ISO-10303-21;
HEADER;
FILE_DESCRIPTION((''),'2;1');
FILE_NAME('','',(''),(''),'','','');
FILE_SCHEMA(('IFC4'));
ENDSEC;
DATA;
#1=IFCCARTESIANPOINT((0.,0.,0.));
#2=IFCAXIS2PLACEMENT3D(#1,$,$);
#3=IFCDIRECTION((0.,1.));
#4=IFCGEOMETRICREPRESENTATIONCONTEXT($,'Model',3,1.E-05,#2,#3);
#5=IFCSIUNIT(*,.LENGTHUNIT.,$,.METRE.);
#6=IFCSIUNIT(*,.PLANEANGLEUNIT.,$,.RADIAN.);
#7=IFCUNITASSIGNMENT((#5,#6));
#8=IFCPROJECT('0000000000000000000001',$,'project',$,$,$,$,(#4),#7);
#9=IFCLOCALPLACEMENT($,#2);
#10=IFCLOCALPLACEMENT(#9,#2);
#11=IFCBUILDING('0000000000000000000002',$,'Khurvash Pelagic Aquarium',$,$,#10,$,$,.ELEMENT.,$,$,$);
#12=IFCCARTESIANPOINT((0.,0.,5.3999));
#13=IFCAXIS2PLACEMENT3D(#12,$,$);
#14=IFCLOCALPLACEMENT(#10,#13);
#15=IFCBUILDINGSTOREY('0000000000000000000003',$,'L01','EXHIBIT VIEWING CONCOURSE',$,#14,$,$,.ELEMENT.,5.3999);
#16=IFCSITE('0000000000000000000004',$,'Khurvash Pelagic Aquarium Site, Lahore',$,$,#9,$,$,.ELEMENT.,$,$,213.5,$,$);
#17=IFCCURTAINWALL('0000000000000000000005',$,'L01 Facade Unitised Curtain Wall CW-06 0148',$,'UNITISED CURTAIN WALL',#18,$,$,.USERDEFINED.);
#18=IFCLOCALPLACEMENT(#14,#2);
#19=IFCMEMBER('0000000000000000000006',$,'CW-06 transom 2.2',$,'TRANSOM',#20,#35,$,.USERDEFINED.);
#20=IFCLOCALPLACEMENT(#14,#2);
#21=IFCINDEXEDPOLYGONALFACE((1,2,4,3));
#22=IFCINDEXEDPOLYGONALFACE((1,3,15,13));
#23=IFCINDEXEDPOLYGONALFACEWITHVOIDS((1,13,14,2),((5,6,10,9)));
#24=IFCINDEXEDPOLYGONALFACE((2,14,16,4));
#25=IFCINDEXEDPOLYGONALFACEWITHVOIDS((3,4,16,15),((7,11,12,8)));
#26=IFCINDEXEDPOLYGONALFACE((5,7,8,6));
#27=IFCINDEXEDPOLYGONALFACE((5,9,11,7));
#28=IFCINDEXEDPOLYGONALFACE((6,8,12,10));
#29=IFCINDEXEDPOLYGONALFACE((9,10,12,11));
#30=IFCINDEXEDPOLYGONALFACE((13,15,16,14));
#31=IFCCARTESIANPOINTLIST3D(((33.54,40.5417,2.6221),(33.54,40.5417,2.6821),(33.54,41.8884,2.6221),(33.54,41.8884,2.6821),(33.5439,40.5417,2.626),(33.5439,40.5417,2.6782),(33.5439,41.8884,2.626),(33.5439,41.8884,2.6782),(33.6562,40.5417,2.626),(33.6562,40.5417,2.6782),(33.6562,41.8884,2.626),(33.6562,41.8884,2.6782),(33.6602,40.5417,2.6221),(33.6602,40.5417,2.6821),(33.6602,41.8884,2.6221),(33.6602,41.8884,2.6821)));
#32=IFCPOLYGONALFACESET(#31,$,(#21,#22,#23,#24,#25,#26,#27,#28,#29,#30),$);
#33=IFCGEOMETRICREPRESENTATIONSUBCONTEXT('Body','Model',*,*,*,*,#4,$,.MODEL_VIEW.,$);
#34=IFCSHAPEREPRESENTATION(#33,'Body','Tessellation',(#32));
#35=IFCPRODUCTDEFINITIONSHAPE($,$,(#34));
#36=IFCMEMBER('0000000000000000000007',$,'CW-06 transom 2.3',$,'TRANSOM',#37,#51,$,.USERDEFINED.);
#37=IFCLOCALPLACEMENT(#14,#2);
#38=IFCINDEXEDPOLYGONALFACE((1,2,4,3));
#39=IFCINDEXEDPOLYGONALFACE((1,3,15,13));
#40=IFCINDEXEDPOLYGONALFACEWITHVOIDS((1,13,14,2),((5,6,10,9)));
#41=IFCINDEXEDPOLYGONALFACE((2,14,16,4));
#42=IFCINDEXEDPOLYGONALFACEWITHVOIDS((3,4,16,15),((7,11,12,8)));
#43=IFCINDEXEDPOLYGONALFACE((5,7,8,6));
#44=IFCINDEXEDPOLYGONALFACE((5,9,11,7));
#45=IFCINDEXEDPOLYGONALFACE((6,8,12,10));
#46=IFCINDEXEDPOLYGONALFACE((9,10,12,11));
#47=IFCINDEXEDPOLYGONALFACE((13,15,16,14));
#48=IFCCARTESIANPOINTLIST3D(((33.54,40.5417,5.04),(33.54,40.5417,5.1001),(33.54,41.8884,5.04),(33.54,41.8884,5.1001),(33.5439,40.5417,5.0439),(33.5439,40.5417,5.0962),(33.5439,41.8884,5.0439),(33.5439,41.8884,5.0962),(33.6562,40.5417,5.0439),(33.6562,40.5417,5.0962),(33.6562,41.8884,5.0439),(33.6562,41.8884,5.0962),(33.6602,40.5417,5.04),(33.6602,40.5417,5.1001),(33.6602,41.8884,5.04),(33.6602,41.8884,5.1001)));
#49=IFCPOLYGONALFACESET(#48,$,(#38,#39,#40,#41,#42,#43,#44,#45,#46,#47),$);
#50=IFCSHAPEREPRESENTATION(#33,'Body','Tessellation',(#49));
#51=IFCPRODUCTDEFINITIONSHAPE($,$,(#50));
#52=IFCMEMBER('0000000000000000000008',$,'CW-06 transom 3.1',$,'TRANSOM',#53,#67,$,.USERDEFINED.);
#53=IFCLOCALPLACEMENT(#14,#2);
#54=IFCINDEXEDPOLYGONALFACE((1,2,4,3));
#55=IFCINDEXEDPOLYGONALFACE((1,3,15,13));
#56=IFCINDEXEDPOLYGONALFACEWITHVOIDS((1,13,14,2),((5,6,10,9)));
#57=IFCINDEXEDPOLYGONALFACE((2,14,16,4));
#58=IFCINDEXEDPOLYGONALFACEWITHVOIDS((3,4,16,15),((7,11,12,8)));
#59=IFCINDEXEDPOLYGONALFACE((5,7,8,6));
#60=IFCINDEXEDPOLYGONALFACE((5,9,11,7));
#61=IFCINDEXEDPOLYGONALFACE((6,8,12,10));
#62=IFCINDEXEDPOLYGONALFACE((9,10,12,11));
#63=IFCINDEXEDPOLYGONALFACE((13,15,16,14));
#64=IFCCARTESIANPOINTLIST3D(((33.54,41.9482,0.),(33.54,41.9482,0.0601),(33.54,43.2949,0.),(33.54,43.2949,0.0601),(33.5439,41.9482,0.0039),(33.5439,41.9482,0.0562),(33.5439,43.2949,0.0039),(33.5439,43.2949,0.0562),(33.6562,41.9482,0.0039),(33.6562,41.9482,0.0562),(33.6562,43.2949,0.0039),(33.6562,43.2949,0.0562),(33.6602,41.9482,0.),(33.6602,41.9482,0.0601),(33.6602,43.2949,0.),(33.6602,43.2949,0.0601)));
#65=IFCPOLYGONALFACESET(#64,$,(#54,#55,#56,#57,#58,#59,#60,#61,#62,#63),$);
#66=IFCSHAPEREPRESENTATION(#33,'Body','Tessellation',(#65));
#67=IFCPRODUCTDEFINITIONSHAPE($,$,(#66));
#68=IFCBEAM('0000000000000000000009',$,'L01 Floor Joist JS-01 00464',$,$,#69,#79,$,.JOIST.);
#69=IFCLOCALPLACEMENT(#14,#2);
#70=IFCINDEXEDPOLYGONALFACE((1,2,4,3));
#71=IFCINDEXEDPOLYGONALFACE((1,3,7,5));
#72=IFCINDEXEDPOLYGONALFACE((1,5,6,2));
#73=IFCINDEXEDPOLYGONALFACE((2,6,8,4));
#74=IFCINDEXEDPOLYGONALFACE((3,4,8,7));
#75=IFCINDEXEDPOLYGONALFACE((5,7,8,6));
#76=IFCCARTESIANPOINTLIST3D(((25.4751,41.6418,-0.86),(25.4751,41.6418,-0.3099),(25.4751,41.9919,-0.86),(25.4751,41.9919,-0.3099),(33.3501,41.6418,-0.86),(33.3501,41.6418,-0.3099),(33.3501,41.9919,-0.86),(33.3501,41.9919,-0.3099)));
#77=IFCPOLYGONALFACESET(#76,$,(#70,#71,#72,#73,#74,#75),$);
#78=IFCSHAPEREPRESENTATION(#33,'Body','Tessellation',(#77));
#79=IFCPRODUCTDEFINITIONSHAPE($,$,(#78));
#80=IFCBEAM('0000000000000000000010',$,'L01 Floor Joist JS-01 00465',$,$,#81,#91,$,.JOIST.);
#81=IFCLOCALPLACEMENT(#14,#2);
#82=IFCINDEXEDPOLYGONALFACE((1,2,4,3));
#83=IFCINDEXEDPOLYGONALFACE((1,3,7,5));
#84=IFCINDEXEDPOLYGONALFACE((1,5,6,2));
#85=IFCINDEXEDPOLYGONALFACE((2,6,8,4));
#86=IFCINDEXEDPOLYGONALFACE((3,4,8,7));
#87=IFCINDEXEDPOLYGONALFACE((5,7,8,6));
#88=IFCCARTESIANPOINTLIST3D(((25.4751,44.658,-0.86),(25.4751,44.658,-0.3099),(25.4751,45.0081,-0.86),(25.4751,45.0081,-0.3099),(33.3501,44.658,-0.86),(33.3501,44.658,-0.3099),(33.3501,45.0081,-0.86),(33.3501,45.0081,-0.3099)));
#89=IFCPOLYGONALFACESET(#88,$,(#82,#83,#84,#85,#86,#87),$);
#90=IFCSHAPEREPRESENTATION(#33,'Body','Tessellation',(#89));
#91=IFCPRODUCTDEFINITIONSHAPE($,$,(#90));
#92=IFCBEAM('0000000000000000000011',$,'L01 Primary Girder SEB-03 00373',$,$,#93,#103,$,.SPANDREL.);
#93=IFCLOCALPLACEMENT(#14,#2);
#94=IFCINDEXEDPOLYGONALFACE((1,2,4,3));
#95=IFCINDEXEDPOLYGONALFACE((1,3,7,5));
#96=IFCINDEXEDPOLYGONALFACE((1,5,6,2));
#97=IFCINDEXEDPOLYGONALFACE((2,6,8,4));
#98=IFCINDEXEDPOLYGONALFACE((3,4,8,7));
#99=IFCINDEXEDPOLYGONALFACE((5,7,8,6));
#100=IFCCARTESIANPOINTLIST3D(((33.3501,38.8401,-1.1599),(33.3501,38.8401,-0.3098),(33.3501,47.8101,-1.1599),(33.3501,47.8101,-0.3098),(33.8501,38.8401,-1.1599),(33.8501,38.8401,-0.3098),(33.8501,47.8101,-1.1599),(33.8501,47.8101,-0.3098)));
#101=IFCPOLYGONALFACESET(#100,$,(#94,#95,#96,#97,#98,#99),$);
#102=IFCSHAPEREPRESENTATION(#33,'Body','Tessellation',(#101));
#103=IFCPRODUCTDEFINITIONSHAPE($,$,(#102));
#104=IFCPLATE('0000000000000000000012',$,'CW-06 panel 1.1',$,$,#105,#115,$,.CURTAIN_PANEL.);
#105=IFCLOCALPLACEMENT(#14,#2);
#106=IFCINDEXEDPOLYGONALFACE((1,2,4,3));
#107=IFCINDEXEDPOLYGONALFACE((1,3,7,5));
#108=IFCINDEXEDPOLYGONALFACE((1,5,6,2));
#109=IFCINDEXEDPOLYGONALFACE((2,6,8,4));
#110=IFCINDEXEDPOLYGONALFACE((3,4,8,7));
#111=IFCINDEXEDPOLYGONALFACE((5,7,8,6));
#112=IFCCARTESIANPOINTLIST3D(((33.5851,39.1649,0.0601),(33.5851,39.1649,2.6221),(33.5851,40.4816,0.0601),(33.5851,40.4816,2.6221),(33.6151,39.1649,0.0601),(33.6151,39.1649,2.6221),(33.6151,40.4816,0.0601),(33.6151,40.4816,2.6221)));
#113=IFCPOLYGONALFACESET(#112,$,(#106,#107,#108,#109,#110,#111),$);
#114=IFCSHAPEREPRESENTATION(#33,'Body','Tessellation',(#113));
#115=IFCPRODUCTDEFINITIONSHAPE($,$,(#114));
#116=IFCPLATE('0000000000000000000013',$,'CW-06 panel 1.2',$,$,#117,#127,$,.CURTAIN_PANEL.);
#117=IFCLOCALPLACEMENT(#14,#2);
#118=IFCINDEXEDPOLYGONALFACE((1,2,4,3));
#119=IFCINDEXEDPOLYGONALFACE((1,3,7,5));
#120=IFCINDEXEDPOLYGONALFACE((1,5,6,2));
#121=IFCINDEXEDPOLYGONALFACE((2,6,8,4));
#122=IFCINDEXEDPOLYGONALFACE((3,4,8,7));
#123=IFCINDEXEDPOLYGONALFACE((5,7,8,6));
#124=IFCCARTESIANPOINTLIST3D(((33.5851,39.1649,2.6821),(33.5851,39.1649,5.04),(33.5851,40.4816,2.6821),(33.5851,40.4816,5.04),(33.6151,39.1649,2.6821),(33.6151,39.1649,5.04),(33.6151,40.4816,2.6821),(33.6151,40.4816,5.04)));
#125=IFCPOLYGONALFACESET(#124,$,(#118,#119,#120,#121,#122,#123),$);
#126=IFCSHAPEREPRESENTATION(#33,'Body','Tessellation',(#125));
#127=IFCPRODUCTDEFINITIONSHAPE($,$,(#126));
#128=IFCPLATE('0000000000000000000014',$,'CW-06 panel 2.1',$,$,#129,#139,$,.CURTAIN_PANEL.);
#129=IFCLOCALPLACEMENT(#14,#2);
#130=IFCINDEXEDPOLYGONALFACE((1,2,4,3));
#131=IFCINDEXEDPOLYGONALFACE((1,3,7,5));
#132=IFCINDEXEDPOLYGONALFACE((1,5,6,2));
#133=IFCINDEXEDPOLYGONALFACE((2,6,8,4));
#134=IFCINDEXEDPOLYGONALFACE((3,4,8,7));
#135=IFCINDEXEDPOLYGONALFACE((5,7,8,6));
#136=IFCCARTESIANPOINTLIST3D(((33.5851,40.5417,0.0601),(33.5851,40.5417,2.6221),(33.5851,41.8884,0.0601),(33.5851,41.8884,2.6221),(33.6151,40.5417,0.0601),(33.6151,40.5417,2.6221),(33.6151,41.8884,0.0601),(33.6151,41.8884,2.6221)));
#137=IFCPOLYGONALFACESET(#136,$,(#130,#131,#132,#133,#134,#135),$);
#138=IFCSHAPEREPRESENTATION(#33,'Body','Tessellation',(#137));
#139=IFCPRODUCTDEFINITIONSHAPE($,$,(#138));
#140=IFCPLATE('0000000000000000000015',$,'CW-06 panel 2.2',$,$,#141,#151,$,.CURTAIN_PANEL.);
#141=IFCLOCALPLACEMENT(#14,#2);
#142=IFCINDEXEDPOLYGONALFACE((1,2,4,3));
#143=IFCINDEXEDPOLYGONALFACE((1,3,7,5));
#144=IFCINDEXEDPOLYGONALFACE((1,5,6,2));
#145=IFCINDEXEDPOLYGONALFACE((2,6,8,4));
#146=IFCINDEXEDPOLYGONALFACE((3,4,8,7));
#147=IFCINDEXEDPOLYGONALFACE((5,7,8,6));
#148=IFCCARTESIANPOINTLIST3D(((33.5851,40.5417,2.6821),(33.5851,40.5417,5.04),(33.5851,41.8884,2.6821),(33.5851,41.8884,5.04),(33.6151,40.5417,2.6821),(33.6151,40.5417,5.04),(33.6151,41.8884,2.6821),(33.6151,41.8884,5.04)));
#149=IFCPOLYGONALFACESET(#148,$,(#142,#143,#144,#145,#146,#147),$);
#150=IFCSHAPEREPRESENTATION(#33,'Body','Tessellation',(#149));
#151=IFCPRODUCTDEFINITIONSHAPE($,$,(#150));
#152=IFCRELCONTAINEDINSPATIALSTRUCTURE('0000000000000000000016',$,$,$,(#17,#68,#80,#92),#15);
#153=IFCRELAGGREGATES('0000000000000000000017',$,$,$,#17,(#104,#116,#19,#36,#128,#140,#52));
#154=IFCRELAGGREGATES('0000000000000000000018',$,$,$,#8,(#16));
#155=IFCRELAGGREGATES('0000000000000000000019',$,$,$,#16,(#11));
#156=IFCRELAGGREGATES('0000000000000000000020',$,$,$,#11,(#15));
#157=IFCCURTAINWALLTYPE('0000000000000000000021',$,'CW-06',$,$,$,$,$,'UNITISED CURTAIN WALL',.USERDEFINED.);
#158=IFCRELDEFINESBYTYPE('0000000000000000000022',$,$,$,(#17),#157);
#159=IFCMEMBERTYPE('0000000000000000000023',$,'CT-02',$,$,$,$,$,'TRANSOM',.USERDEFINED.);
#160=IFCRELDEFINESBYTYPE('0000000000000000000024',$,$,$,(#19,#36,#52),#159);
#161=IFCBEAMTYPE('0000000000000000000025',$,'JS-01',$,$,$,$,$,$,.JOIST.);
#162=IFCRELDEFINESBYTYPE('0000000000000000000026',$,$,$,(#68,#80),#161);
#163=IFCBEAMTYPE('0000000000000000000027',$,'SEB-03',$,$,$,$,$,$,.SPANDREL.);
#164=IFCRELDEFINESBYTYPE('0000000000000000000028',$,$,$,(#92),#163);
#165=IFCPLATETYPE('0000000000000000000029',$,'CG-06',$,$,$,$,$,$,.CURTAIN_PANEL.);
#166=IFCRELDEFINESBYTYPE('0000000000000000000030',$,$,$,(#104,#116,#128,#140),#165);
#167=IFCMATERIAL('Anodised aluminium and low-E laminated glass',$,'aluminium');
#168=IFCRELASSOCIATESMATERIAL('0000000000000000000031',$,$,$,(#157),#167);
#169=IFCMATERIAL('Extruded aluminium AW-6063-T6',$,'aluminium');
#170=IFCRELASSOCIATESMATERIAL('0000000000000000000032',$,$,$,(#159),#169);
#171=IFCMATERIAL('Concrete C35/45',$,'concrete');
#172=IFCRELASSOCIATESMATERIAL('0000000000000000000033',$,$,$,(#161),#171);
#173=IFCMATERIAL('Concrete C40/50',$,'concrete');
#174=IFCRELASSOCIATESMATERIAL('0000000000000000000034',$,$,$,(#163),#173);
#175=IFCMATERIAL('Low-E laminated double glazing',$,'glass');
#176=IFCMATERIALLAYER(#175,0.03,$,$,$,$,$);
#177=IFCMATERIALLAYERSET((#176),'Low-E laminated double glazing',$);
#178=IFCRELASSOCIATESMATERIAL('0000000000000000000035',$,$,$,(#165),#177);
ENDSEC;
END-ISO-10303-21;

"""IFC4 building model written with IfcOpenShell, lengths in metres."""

from ifc_helpers import new_model, si_unit, direction, frame, origin, origin_2d, place, context, subcontext, project, spatial, rectangle, hollow_rectangle, extrude, material, layer, layer_set, material_profile, profile_set, type_object, element, aggregate, save


model = new_model("IFC4")

# Units and contexts
model_context = context("Model", 3, precision=1e-05, world=origin(), true_north=direction((0.0, 1.0)))
body_context = subcontext(model_context, "Body", "Model", "MODEL_VIEW")
ifc_project = project(units=[si_unit("LENGTHUNIT", "METRE"), si_unit("PLANEANGLEUNIT", "RADIAN")], contexts=[model_context])

# Site, building, storey
site_placement = place(None, origin())
site = spatial("IfcSite", under=ifc_project, at=site_placement, Name="Khurvash Pelagic Aquarium Site, Lahore", CompositionType="ELEMENT", RefElevation=213.5)
building_placement = place(site_placement, origin())
building = spatial("IfcBuilding", under=site, at=building_placement, Name="Khurvash Pelagic Aquarium", CompositionType="ELEMENT")
storey_placement = place(building_placement, frame((0.0, 0.0, 5.3999)))
storey = spatial("IfcBuildingStorey", under=building, at=storey_placement, Name="L01", Description="EXHIBIT VIEWING CONCOURSE", CompositionType="ELEMENT", Elevation=5.3999)

# Shared definitions
ifc_material_1 = material(Name="Concrete C40/50", Category="concrete")

# Curtain wall, members
ifc_material_2 = material(Name="Anodised aluminium and low-E laminated glass", Category="aluminium")
curtain_wall_type = type_object("IfcCurtainWallType", Name="CW-06", ElementType="UNITISED CURTAIN WALL", PredefinedType="USERDEFINED", material=ifc_material_2)
curtain_wall_placement = place(storey_placement, origin())
curtain_wall = element("IfcCurtainWall", 1, at=curtain_wall_placement, inside=storey, type_object=curtain_wall_type, Name="L01 Facade Unitised Curtain Wall CW-06 0148", ObjectType="UNITISED CURTAIN WALL", PredefinedType="USERDEFINED")
ifc_material_3 = material(Name="Extruded aluminium AW-6063-T6", Category="aluminium")
ifc_material_profile_1 = material_profile(ifc_material_3, hollow_rectangle(XDim=0.1201, YDim=0.0601, WallThickness=0.0039, at=origin_2d()), Name="CWT120X60X4")
ifc_profile_set_1 = profile_set([ifc_material_profile_1], Name="Extruded aluminium AW-6063-T6")
member_type_1 = type_object("IfcMemberType", Name="CT-02", ElementType="TRANSOM", PredefinedType="USERDEFINED", material=ifc_profile_set_1)
member_1_placement = place(storey_placement, frame((33.6001, 40.5417, 2.6521), z_axis=(0.0, 1.0, 0.0), x_axis=(-1.0, 0.0, 0.0)))
member_1 = element("IfcMember", 2, at=member_1_placement, type_object=member_type_1, Name="CW-06 transom 2.2", ObjectType="TRANSOM", PredefinedType="USERDEFINED", context=body_context, shape_type="SweptSolid", body=[
    extrude(hollow_rectangle(XDim=0.1201, YDim=0.0601, WallThickness=0.0039, at=origin_2d()), origin(), (0.0, 0.0, 1.0), 1.3467),
])
member_2_placement = place(storey_placement, frame((33.6001, 40.5417, 5.0701), z_axis=(0.0, 1.0, 0.0), x_axis=(-1.0, 0.0, 0.0)))
member_2 = element("IfcMember", 3, at=member_2_placement, type_object=member_type_1, Name="CW-06 transom 2.3", ObjectType="TRANSOM", PredefinedType="USERDEFINED", context=body_context, shape_type="SweptSolid", body=[
    extrude(hollow_rectangle(XDim=0.1201, YDim=0.0601, WallThickness=0.0039, at=origin_2d()), origin(), (0.0, 0.0, 1.0), 1.3467),
])
member_3_placement = place(storey_placement, frame((33.6001, 41.9482, 0.03), z_axis=(0.0, 1.0, 0.0), x_axis=(-1.0, 0.0, 0.0)))
member_3 = element("IfcMember", 4, at=member_3_placement, type_object=member_type_1, Name="CW-06 transom 3.1", ObjectType="TRANSOM", PredefinedType="USERDEFINED", context=body_context, shape_type="SweptSolid", body=[
    extrude(hollow_rectangle(XDim=0.1201, YDim=0.0601, WallThickness=0.0039, at=origin_2d()), origin(), (0.0, 0.0, 1.0), 1.3467),
])

# Beams
ifc_material_4 = material(Name="Concrete C35/45", Category="concrete")
ifc_material_profile_2 = material_profile(ifc_material_4, rectangle(XDim=0.3501, YDim=0.55, at=origin_2d()), Name="RC350X550")
ifc_profile_set_2 = profile_set([ifc_material_profile_2], Name="Concrete C35/45")
beam_type_1 = type_object("IfcBeamType", Name="JS-01", PredefinedType="JOIST", material=ifc_profile_set_2)
for number, where, z_axis, x_axis, name in (
    (5, (25.4751, 41.8169, -0.585), (1.0, 0.0, 0.0), (0.0, 1.0, 0.0), "L01 Floor Joist JS-01 00464"),
    (6, (25.4751, 44.833, -0.585), (1.0, 0.0, 0.0), (0.0, 1.0, 0.0), "L01 Floor Joist JS-01 00465"),
):
    element("IfcBeam", number, at=place(storey_placement, frame(where, z_axis=z_axis, x_axis=x_axis)), inside=storey, type_object=beam_type_1, Name=name, PredefinedType="JOIST", context=body_context, shape_type="SweptSolid", body=[
        extrude(rectangle(XDim=0.3501, YDim=0.55, at=origin_2d()), origin(), (0.0, 0.0, 1.0), 7.875),
    ])
ifc_material_profile_3 = material_profile(ifc_material_1, rectangle(XDim=0.5, YDim=0.8501, at=origin_2d()), Name="RC500X850")
ifc_profile_set_3 = profile_set([ifc_material_profile_3], Name="Concrete C40/50")
beam_type_2 = type_object("IfcBeamType", Name="SEB-03", PredefinedType="SPANDREL", material=ifc_profile_set_3)
beam_1_placement = place(storey_placement, frame((33.6001, 38.8401, -0.7349), z_axis=(0.0, 1.0, 0.0), x_axis=(-1.0, 0.0, 0.0)))
element("IfcBeam", 7, at=beam_1_placement, inside=storey, type_object=beam_type_2, Name="L01 Primary Girder SEB-03 00373", PredefinedType="SPANDREL", context=body_context, shape_type="SweptSolid", body=[
    extrude(rectangle(XDim=0.5, YDim=0.8501, at=origin_2d()), origin(), (0.0, 0.0, 1.0), 8.97),
])

# Plates
ifc_material_5 = material(Name="Low-E laminated double glazing", Category="glass")
ifc_layer = layer(ifc_material_5, 0.03)
ifc_layer_set = layer_set([ifc_layer], Name="Low-E laminated double glazing")
plate_type = type_object("IfcPlateType", Name="CG-06", PredefinedType="CURTAIN_PANEL", material=ifc_layer_set)
plate_1_placement = place(storey_placement, frame((33.6001, 39.8232, 0.0601), z_axis=(0.0, 0.0, 1.0), x_axis=(0.0, 1.0, 0.0)))
plate_1 = element("IfcPlate", 8, at=plate_1_placement, type_object=plate_type, Name="CW-06 panel 1.1", PredefinedType="CURTAIN_PANEL", context=body_context, shape_type="SweptSolid", body=[
    extrude(rectangle(XDim=1.3167, YDim=0.03, at=origin_2d()), origin(), (0.0, 0.0, 1.0), 2.562),
])
plate_2_placement = place(storey_placement, frame((33.6001, 39.8232, 2.6821), z_axis=(0.0, 0.0, 1.0), x_axis=(0.0, 1.0, 0.0)))
plate_2 = element("IfcPlate", 9, at=plate_2_placement, type_object=plate_type, Name="CW-06 panel 1.2", PredefinedType="CURTAIN_PANEL", context=body_context, shape_type="SweptSolid", body=[
    extrude(rectangle(XDim=1.3167, YDim=0.03, at=origin_2d()), origin(), (0.0, 0.0, 1.0), 2.3579),
])
plate_3_placement = place(storey_placement, frame((33.6001, 41.2151, 0.0601), z_axis=(0.0, 0.0, 1.0), x_axis=(0.0, 1.0, 0.0)))
plate_3 = element("IfcPlate", 10, at=plate_3_placement, type_object=plate_type, Name="CW-06 panel 2.1", PredefinedType="CURTAIN_PANEL", context=body_context, shape_type="SweptSolid", body=[
    extrude(rectangle(XDim=1.3467, YDim=0.03, at=origin_2d()), origin(), (0.0, 0.0, 1.0), 2.562),
])
plate_4_placement = place(storey_placement, frame((33.6001, 41.2151, 2.6821), z_axis=(0.0, 0.0, 1.0), x_axis=(0.0, 1.0, 0.0)))
plate_4 = element("IfcPlate", 11, at=plate_4_placement, type_object=plate_type, Name="CW-06 panel 2.2", PredefinedType="CURTAIN_PANEL", context=body_context, shape_type="SweptSolid", body=[
    extrude(rectangle(XDim=1.3467, YDim=0.03, at=origin_2d()), origin(), (0.0, 0.0, 1.0), 2.3579),
])
aggregate(curtain_wall, [plate_1, plate_2, member_1, member_2, plate_3, plate_4, member_3])

save(model, "model.ifc")
